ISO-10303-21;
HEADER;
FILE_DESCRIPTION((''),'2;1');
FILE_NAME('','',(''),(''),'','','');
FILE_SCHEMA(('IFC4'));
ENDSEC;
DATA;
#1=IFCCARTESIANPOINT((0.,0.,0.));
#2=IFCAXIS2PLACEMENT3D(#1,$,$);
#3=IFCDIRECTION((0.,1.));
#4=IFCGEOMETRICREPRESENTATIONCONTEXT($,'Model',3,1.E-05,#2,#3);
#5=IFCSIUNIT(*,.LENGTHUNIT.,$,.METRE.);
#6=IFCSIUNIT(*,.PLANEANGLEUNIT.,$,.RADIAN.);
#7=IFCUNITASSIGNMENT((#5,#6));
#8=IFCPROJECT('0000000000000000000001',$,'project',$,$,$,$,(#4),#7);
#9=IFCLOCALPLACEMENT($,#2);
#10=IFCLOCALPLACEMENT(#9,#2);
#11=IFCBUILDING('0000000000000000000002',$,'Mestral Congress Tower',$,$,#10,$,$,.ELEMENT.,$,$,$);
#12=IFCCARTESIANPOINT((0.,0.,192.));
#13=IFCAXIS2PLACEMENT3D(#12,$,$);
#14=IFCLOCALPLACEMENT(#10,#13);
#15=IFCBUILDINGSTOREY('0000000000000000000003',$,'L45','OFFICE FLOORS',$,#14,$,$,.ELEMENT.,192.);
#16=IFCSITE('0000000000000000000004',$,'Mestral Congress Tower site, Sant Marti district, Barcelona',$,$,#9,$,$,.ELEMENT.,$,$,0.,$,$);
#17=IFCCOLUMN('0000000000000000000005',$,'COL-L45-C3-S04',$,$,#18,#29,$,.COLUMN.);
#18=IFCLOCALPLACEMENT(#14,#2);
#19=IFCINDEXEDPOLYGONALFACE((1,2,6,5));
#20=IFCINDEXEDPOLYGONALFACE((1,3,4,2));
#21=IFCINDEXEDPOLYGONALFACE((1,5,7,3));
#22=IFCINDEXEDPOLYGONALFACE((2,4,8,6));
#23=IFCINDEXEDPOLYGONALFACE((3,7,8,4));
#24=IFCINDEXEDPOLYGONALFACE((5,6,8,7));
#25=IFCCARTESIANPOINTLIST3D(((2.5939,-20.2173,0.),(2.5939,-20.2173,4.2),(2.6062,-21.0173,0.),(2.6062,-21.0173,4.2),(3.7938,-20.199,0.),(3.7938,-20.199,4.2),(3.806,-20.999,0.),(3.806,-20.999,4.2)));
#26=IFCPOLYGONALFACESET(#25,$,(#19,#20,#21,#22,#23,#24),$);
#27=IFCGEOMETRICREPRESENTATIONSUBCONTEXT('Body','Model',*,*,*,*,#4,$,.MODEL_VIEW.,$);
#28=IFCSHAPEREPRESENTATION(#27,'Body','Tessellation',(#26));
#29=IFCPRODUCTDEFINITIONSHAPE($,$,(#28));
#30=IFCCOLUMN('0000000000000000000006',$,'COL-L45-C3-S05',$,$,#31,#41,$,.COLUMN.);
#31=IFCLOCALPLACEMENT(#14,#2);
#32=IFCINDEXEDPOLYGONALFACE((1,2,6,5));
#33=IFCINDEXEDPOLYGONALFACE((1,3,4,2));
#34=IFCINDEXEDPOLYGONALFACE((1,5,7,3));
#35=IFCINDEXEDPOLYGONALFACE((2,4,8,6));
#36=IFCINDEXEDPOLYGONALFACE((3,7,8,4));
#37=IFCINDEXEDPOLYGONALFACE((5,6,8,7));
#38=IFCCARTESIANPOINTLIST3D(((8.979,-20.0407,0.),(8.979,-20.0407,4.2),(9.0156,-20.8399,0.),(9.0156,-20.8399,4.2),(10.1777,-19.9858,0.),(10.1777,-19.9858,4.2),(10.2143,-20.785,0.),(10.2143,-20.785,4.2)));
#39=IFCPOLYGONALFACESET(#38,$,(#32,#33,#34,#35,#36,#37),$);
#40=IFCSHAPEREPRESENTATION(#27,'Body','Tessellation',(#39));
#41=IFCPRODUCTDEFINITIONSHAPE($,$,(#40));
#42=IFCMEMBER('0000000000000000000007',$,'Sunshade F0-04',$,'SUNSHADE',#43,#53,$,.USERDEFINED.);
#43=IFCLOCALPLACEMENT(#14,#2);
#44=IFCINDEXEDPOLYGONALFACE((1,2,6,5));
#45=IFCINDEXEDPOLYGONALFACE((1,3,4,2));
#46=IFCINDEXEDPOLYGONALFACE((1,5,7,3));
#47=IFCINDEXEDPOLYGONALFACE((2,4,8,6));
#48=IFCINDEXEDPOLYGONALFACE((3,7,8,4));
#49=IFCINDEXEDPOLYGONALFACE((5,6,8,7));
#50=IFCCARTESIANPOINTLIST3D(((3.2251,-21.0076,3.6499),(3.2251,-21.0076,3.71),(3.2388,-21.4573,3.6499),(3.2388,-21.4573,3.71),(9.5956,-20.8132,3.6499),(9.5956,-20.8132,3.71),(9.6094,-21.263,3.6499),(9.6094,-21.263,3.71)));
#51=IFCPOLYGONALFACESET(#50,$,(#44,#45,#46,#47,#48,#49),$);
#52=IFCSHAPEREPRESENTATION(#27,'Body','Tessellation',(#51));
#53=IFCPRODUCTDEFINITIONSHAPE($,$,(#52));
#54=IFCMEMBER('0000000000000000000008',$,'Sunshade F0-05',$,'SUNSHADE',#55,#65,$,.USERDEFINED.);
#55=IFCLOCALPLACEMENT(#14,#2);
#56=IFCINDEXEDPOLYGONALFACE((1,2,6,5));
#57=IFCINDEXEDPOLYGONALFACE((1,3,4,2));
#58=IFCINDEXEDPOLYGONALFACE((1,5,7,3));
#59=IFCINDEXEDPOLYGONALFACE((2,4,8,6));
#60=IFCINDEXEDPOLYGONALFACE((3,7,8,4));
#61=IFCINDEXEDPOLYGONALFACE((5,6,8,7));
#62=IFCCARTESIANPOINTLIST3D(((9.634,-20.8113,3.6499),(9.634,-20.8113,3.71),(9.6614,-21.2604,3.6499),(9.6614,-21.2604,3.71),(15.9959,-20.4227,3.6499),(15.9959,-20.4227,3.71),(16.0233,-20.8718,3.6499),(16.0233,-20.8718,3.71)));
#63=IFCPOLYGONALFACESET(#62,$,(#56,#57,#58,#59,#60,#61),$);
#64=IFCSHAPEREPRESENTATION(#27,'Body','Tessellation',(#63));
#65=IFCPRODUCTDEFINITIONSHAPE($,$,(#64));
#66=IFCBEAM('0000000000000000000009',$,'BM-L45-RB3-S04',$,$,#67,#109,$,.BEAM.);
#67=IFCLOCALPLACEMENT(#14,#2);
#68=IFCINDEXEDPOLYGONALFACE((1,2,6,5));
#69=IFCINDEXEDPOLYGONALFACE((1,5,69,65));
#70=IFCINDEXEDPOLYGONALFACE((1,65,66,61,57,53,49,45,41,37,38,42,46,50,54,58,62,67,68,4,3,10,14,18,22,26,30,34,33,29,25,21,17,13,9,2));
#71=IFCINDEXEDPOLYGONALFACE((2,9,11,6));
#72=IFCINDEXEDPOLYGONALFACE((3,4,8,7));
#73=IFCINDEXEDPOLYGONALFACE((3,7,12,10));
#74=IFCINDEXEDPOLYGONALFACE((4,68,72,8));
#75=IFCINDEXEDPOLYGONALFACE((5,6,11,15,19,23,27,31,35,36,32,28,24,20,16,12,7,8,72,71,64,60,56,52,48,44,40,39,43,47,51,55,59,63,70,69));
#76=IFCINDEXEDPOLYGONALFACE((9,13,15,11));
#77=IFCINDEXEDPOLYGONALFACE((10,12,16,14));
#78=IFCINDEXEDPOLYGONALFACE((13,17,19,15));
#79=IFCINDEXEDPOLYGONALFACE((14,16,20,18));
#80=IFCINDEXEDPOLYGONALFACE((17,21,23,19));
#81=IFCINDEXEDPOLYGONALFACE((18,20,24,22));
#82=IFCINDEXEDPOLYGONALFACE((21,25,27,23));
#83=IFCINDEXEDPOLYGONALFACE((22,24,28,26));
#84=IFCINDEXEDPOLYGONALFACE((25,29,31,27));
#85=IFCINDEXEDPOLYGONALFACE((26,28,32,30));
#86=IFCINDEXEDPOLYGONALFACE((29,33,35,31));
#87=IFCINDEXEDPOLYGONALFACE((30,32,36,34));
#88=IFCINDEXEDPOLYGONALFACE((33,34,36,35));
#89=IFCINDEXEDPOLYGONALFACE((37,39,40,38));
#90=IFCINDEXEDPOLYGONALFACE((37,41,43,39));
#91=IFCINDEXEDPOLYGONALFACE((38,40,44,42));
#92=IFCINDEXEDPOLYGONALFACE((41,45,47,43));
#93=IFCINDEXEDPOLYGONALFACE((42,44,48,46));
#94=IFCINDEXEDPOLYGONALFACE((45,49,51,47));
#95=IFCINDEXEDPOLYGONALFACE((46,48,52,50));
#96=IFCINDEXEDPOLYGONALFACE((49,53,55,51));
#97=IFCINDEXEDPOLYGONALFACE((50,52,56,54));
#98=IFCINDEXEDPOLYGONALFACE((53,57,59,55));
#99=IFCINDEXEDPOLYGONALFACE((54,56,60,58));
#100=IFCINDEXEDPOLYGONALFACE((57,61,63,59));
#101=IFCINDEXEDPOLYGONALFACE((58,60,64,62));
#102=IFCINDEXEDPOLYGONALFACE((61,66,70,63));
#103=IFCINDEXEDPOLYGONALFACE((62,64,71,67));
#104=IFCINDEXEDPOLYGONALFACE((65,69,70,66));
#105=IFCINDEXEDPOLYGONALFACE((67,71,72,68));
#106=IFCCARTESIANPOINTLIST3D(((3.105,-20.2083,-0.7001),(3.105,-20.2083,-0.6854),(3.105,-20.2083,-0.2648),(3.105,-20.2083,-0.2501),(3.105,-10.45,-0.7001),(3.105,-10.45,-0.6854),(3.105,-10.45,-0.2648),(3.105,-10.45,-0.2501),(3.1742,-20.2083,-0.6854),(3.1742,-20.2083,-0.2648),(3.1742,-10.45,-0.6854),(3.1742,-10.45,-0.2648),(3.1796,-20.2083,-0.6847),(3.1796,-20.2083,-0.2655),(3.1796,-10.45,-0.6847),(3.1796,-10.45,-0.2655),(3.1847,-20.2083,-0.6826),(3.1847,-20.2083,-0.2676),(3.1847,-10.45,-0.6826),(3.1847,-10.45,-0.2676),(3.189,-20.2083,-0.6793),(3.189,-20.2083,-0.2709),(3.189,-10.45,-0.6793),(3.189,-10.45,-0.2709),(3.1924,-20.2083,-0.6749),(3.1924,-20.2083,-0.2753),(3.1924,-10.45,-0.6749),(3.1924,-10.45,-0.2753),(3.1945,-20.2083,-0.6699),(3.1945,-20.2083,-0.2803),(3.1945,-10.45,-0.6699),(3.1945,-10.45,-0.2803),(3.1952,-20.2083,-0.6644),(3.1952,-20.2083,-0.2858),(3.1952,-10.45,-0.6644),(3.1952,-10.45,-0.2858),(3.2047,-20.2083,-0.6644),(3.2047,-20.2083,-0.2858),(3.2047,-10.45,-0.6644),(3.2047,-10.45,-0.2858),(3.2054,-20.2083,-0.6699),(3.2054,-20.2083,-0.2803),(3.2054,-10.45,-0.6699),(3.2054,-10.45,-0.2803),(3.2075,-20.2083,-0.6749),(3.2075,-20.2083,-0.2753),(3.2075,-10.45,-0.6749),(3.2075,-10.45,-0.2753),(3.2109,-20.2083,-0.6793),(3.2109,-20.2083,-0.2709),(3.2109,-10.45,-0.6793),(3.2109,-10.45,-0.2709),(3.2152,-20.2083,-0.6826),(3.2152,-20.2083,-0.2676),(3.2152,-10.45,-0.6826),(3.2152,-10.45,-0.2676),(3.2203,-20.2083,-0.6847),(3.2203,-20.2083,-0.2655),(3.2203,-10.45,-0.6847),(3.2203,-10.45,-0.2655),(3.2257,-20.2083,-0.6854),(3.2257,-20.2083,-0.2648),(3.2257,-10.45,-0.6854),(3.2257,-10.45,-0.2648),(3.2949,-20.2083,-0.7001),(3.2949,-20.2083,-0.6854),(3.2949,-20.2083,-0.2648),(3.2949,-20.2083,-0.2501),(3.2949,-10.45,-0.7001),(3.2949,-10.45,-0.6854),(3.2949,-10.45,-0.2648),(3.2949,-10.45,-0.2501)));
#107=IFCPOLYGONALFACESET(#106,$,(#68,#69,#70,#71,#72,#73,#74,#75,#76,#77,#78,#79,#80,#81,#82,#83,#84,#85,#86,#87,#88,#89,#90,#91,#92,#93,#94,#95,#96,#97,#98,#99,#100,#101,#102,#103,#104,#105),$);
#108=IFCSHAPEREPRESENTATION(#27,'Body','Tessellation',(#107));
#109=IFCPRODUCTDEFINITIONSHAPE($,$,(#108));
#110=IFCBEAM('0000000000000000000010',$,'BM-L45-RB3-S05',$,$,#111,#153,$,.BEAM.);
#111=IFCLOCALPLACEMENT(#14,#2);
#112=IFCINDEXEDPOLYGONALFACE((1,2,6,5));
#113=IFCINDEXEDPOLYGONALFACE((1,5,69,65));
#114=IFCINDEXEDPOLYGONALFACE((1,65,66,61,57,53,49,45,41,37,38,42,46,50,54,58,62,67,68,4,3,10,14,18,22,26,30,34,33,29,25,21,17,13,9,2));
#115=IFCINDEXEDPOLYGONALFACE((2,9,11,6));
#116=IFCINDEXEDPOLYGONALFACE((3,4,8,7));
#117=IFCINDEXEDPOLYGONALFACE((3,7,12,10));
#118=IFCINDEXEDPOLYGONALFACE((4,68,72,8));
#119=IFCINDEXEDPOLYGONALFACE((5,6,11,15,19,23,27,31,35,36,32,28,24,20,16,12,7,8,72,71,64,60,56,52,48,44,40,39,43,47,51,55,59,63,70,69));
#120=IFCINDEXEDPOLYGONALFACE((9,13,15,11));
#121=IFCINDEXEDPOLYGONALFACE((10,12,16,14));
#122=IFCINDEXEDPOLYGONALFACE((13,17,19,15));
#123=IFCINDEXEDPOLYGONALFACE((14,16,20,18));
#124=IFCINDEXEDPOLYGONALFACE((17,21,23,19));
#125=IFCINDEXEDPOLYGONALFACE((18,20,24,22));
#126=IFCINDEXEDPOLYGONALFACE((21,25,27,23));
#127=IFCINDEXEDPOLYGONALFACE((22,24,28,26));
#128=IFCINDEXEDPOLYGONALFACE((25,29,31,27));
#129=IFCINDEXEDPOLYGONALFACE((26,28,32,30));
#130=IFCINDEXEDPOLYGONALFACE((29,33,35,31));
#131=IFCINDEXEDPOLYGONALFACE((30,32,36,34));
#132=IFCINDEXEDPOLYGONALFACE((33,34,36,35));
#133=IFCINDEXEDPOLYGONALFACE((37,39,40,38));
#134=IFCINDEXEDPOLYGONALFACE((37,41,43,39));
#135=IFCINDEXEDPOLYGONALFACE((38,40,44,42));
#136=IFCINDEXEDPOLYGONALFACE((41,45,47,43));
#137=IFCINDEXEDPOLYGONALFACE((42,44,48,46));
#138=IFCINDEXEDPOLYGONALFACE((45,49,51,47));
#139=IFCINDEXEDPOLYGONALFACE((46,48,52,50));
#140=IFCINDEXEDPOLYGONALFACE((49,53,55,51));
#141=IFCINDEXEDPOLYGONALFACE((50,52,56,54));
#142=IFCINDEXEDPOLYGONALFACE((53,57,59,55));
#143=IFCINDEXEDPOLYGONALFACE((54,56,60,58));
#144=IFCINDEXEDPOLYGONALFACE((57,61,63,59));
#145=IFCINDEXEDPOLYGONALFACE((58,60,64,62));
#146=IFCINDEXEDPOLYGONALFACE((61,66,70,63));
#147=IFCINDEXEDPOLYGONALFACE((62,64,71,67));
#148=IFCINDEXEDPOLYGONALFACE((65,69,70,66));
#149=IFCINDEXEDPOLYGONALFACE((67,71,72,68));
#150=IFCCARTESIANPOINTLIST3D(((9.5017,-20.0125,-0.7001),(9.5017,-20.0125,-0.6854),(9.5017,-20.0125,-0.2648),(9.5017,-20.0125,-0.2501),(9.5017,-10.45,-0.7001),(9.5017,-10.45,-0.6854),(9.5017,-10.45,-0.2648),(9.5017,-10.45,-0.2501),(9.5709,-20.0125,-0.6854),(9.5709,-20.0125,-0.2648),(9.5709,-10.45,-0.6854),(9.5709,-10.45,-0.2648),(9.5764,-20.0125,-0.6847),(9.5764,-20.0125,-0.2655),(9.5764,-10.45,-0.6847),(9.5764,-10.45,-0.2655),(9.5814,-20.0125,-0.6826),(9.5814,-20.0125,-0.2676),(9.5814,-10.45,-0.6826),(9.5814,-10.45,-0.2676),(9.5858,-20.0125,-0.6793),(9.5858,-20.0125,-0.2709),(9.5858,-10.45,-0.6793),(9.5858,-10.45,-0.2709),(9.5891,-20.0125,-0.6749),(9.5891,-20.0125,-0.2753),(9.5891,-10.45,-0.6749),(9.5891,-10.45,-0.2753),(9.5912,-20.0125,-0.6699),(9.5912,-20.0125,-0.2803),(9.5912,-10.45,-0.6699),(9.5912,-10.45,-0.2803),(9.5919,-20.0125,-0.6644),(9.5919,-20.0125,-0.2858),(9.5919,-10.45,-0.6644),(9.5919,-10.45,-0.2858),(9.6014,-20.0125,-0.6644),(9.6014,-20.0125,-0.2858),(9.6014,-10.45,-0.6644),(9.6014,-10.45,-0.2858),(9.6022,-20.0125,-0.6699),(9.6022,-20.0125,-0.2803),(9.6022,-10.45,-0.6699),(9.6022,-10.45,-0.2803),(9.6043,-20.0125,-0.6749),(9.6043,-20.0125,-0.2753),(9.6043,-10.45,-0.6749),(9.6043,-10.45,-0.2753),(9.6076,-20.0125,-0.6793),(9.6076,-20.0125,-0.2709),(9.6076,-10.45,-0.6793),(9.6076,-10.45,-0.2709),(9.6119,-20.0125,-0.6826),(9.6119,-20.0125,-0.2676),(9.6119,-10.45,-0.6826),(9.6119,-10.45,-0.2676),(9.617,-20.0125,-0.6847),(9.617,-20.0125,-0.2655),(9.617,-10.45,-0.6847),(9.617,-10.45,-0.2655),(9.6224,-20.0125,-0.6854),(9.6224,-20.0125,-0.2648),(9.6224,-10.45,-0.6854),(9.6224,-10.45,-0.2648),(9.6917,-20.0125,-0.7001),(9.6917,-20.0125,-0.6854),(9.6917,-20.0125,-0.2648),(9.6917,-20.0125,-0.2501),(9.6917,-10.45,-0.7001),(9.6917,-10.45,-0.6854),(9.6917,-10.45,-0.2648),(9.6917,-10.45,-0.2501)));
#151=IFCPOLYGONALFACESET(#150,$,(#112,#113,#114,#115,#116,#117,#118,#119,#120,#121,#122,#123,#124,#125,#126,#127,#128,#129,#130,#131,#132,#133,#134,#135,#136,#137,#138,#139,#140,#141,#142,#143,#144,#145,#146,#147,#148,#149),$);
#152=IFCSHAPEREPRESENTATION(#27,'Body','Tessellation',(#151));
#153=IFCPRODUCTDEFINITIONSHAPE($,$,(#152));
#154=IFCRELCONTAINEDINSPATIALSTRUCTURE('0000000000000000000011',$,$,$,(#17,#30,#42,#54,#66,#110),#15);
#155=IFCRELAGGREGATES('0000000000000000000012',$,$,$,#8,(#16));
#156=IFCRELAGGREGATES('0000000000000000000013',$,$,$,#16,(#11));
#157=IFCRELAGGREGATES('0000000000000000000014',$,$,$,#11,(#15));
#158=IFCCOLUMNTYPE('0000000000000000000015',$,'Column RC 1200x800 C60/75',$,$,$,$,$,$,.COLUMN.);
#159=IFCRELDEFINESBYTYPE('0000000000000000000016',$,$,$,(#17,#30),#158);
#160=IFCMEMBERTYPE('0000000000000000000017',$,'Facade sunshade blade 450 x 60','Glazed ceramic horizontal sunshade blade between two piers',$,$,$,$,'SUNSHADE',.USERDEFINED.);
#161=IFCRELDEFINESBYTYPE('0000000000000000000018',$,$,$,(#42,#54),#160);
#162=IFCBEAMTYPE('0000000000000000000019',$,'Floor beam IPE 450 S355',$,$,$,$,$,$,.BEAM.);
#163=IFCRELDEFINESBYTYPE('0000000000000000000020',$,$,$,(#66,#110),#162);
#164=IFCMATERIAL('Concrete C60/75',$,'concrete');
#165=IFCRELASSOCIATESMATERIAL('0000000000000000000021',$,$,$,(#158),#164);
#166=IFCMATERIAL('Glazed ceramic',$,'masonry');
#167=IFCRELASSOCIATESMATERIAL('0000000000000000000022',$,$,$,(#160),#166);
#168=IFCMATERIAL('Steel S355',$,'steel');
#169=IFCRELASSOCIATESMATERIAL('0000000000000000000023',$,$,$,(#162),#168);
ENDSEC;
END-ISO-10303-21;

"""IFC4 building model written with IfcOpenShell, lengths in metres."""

from ifc_helpers import new_model, si_unit, direction, frame, origin, origin_2d, place, context, subcontext, project, spatial, rectangle, i_section, extrude, material, material_profile, profile_set, type_object, element, save


model = new_model("IFC4")

# Units and contexts
model_context = context("Model", 3, precision=1e-05, world=origin(), true_north=direction((0.0, 1.0)))
body_context = subcontext(model_context, "Body", "Model", "MODEL_VIEW")
ifc_project = project(units=[si_unit("LENGTHUNIT", "METRE"), si_unit("PLANEANGLEUNIT", "RADIAN")], contexts=[model_context])

# Site, building, storey
site_placement = place(None, origin())
site = spatial("IfcSite", under=ifc_project, at=site_placement, Name="Mestral Congress Tower site, Sant Marti district, Barcelona", CompositionType="ELEMENT", RefElevation=0.0)
building_placement = place(site_placement, origin())
building = spatial("IfcBuilding", under=site, at=building_placement, Name="Mestral Congress Tower", CompositionType="ELEMENT")
storey_placement = place(building_placement, frame((0.0, 0.0, 192.0)))
storey = spatial("IfcBuildingStorey", under=building, at=storey_placement, Name="L45", Description="OFFICE FLOORS", CompositionType="ELEMENT", Elevation=192.0)

# Columns
ifc_material_1 = material(Name="Concrete C60/75", Category="concrete")
ifc_material_profile_1 = material_profile(ifc_material_1, rectangle(XDim=1.2, YDim=0.8, at=origin_2d()), Name="RC 1200x800")
ifc_profile_set_1 = profile_set([ifc_material_profile_1], Name="Concrete C60/75")
column_type = type_object("IfcColumnType", Name="Column RC 1200x800 C60/75", PredefinedType="COLUMN", material=ifc_profile_set_1)
for number, where, z_axis, x_axis, name in (
    (1, (3.2, -20.6082, 0.0), (0.0, 0.0, 1.0), (0.999884, 0.015262, 0.0), "COL-L45-C3-S04"),
    (2, (9.5967, -20.4128, 0.0), (0.0, 0.0, 1.0), (0.998952, 0.045771, 0.0), "COL-L45-C3-S05"),
):
    element("IfcColumn", number, at=place(storey_placement, frame(where, z_axis=z_axis, x_axis=x_axis)), inside=storey, type_object=column_type, Name=name, PredefinedType="COLUMN", context=body_context, shape_type="SweptSolid", body=[
        extrude(rectangle(XDim=1.2, YDim=0.8, at=origin_2d()), origin(), (0.0, 0.0, 1.0), 4.2),
    ])

# Members
ifc_material_2 = material(Name="Glazed ceramic", Category="masonry")
ifc_material_profile_2 = material_profile(ifc_material_2, rectangle(XDim=0.45, YDim=0.0601, at=origin_2d()), Name="Ceramic blade 450 x 60")
ifc_profile_set_2 = profile_set([ifc_material_profile_2], Name="Glazed ceramic")
member_type = type_object("IfcMemberType", Name="Facade sunshade blade 450 x 60", Description="Glazed ceramic horizontal sunshade blade between two piers", ElementType="SUNSHADE", PredefinedType="USERDEFINED", material=ifc_profile_set_2)
member_1_placement = place(storey_placement, frame((3.2319, -21.2324, 3.6799), z_axis=(0.999535, 0.030491, 0.0), x_axis=(-0.030491, 0.999535, 0.0)))
element("IfcMember", 3, at=member_1_placement, inside=storey, type_object=member_type, Name="Sunshade F0-04", ObjectType="SUNSHADE", PredefinedType="USERDEFINED", context=body_context, shape_type="SweptSolid", body=[
    extrude(rectangle(XDim=0.45, YDim=0.0601, at=origin_2d()), origin(), (0.0, 0.0, 1.0), 6.3735),
])
member_2_placement = place(storey_placement, frame((9.6477, -21.0359, 3.6799), z_axis=(0.998139, 0.060981, 0.0), x_axis=(-0.060981, 0.998139, 0.0)))
element("IfcMember", 4, at=member_2_placement, inside=storey, type_object=member_type, Name="Sunshade F0-05", ObjectType="SUNSHADE", PredefinedType="USERDEFINED", context=body_context, shape_type="SweptSolid", body=[
    extrude(rectangle(XDim=0.45, YDim=0.0601, at=origin_2d()), origin(), (0.0, 0.0, 1.0), 6.3738),
])

# Beams
ifc_material_3 = material(Name="Steel S355", Category="steel")
ifc_material_profile_3 = material_profile(ifc_material_3, i_section(OverallWidth=0.1899, OverallDepth=0.45, WebThickness=0.0095, FlangeThickness=0.0146, FilletRadius=0.021, at=origin_2d()), Name="IPE 450")
ifc_profile_set_3 = profile_set([ifc_material_profile_3], Name="Steel S355")
beam_type_1 = type_object("IfcBeamType", Name="Floor beam IPE 450 S355", PredefinedType="BEAM", material=ifc_profile_set_3)
beam_1_placement = place(storey_placement, frame((3.2, -20.2083, -0.4751), z_axis=(0.0, 1.0, 0.0), x_axis=(-1.0, 0.0, 0.0)))
element("IfcBeam", 5, at=beam_1_placement, inside=storey, type_object=beam_type_1, Name="BM-L45-RB3-S04", PredefinedType="BEAM", context=body_context, shape_type="SweptSolid", body=[
    extrude(i_section(OverallWidth=0.1899, OverallDepth=0.45, WebThickness=0.0095, FlangeThickness=0.0146, FilletRadius=0.021, at=origin_2d()), origin(), (0.0, 0.0, 1.0), 9.7583),
])
beam_2_placement = place(storey_placement, frame((9.5967, -20.0125, -0.4751), z_axis=(0.0, 1.0, 0.0), x_axis=(-1.0, 0.0, 0.0)))
element("IfcBeam", 6, at=beam_2_placement, inside=storey, type_object=beam_type_1, Name="BM-L45-RB3-S05", PredefinedType="BEAM", context=body_context, shape_type="SweptSolid", body=[
    extrude(i_section(OverallWidth=0.1899, OverallDepth=0.45, WebThickness=0.0095, FlangeThickness=0.0146, FilletRadius=0.021, at=origin_2d()), origin(), (0.0, 0.0, 1.0), 9.5625),
])

save(model, "model.ifc")
